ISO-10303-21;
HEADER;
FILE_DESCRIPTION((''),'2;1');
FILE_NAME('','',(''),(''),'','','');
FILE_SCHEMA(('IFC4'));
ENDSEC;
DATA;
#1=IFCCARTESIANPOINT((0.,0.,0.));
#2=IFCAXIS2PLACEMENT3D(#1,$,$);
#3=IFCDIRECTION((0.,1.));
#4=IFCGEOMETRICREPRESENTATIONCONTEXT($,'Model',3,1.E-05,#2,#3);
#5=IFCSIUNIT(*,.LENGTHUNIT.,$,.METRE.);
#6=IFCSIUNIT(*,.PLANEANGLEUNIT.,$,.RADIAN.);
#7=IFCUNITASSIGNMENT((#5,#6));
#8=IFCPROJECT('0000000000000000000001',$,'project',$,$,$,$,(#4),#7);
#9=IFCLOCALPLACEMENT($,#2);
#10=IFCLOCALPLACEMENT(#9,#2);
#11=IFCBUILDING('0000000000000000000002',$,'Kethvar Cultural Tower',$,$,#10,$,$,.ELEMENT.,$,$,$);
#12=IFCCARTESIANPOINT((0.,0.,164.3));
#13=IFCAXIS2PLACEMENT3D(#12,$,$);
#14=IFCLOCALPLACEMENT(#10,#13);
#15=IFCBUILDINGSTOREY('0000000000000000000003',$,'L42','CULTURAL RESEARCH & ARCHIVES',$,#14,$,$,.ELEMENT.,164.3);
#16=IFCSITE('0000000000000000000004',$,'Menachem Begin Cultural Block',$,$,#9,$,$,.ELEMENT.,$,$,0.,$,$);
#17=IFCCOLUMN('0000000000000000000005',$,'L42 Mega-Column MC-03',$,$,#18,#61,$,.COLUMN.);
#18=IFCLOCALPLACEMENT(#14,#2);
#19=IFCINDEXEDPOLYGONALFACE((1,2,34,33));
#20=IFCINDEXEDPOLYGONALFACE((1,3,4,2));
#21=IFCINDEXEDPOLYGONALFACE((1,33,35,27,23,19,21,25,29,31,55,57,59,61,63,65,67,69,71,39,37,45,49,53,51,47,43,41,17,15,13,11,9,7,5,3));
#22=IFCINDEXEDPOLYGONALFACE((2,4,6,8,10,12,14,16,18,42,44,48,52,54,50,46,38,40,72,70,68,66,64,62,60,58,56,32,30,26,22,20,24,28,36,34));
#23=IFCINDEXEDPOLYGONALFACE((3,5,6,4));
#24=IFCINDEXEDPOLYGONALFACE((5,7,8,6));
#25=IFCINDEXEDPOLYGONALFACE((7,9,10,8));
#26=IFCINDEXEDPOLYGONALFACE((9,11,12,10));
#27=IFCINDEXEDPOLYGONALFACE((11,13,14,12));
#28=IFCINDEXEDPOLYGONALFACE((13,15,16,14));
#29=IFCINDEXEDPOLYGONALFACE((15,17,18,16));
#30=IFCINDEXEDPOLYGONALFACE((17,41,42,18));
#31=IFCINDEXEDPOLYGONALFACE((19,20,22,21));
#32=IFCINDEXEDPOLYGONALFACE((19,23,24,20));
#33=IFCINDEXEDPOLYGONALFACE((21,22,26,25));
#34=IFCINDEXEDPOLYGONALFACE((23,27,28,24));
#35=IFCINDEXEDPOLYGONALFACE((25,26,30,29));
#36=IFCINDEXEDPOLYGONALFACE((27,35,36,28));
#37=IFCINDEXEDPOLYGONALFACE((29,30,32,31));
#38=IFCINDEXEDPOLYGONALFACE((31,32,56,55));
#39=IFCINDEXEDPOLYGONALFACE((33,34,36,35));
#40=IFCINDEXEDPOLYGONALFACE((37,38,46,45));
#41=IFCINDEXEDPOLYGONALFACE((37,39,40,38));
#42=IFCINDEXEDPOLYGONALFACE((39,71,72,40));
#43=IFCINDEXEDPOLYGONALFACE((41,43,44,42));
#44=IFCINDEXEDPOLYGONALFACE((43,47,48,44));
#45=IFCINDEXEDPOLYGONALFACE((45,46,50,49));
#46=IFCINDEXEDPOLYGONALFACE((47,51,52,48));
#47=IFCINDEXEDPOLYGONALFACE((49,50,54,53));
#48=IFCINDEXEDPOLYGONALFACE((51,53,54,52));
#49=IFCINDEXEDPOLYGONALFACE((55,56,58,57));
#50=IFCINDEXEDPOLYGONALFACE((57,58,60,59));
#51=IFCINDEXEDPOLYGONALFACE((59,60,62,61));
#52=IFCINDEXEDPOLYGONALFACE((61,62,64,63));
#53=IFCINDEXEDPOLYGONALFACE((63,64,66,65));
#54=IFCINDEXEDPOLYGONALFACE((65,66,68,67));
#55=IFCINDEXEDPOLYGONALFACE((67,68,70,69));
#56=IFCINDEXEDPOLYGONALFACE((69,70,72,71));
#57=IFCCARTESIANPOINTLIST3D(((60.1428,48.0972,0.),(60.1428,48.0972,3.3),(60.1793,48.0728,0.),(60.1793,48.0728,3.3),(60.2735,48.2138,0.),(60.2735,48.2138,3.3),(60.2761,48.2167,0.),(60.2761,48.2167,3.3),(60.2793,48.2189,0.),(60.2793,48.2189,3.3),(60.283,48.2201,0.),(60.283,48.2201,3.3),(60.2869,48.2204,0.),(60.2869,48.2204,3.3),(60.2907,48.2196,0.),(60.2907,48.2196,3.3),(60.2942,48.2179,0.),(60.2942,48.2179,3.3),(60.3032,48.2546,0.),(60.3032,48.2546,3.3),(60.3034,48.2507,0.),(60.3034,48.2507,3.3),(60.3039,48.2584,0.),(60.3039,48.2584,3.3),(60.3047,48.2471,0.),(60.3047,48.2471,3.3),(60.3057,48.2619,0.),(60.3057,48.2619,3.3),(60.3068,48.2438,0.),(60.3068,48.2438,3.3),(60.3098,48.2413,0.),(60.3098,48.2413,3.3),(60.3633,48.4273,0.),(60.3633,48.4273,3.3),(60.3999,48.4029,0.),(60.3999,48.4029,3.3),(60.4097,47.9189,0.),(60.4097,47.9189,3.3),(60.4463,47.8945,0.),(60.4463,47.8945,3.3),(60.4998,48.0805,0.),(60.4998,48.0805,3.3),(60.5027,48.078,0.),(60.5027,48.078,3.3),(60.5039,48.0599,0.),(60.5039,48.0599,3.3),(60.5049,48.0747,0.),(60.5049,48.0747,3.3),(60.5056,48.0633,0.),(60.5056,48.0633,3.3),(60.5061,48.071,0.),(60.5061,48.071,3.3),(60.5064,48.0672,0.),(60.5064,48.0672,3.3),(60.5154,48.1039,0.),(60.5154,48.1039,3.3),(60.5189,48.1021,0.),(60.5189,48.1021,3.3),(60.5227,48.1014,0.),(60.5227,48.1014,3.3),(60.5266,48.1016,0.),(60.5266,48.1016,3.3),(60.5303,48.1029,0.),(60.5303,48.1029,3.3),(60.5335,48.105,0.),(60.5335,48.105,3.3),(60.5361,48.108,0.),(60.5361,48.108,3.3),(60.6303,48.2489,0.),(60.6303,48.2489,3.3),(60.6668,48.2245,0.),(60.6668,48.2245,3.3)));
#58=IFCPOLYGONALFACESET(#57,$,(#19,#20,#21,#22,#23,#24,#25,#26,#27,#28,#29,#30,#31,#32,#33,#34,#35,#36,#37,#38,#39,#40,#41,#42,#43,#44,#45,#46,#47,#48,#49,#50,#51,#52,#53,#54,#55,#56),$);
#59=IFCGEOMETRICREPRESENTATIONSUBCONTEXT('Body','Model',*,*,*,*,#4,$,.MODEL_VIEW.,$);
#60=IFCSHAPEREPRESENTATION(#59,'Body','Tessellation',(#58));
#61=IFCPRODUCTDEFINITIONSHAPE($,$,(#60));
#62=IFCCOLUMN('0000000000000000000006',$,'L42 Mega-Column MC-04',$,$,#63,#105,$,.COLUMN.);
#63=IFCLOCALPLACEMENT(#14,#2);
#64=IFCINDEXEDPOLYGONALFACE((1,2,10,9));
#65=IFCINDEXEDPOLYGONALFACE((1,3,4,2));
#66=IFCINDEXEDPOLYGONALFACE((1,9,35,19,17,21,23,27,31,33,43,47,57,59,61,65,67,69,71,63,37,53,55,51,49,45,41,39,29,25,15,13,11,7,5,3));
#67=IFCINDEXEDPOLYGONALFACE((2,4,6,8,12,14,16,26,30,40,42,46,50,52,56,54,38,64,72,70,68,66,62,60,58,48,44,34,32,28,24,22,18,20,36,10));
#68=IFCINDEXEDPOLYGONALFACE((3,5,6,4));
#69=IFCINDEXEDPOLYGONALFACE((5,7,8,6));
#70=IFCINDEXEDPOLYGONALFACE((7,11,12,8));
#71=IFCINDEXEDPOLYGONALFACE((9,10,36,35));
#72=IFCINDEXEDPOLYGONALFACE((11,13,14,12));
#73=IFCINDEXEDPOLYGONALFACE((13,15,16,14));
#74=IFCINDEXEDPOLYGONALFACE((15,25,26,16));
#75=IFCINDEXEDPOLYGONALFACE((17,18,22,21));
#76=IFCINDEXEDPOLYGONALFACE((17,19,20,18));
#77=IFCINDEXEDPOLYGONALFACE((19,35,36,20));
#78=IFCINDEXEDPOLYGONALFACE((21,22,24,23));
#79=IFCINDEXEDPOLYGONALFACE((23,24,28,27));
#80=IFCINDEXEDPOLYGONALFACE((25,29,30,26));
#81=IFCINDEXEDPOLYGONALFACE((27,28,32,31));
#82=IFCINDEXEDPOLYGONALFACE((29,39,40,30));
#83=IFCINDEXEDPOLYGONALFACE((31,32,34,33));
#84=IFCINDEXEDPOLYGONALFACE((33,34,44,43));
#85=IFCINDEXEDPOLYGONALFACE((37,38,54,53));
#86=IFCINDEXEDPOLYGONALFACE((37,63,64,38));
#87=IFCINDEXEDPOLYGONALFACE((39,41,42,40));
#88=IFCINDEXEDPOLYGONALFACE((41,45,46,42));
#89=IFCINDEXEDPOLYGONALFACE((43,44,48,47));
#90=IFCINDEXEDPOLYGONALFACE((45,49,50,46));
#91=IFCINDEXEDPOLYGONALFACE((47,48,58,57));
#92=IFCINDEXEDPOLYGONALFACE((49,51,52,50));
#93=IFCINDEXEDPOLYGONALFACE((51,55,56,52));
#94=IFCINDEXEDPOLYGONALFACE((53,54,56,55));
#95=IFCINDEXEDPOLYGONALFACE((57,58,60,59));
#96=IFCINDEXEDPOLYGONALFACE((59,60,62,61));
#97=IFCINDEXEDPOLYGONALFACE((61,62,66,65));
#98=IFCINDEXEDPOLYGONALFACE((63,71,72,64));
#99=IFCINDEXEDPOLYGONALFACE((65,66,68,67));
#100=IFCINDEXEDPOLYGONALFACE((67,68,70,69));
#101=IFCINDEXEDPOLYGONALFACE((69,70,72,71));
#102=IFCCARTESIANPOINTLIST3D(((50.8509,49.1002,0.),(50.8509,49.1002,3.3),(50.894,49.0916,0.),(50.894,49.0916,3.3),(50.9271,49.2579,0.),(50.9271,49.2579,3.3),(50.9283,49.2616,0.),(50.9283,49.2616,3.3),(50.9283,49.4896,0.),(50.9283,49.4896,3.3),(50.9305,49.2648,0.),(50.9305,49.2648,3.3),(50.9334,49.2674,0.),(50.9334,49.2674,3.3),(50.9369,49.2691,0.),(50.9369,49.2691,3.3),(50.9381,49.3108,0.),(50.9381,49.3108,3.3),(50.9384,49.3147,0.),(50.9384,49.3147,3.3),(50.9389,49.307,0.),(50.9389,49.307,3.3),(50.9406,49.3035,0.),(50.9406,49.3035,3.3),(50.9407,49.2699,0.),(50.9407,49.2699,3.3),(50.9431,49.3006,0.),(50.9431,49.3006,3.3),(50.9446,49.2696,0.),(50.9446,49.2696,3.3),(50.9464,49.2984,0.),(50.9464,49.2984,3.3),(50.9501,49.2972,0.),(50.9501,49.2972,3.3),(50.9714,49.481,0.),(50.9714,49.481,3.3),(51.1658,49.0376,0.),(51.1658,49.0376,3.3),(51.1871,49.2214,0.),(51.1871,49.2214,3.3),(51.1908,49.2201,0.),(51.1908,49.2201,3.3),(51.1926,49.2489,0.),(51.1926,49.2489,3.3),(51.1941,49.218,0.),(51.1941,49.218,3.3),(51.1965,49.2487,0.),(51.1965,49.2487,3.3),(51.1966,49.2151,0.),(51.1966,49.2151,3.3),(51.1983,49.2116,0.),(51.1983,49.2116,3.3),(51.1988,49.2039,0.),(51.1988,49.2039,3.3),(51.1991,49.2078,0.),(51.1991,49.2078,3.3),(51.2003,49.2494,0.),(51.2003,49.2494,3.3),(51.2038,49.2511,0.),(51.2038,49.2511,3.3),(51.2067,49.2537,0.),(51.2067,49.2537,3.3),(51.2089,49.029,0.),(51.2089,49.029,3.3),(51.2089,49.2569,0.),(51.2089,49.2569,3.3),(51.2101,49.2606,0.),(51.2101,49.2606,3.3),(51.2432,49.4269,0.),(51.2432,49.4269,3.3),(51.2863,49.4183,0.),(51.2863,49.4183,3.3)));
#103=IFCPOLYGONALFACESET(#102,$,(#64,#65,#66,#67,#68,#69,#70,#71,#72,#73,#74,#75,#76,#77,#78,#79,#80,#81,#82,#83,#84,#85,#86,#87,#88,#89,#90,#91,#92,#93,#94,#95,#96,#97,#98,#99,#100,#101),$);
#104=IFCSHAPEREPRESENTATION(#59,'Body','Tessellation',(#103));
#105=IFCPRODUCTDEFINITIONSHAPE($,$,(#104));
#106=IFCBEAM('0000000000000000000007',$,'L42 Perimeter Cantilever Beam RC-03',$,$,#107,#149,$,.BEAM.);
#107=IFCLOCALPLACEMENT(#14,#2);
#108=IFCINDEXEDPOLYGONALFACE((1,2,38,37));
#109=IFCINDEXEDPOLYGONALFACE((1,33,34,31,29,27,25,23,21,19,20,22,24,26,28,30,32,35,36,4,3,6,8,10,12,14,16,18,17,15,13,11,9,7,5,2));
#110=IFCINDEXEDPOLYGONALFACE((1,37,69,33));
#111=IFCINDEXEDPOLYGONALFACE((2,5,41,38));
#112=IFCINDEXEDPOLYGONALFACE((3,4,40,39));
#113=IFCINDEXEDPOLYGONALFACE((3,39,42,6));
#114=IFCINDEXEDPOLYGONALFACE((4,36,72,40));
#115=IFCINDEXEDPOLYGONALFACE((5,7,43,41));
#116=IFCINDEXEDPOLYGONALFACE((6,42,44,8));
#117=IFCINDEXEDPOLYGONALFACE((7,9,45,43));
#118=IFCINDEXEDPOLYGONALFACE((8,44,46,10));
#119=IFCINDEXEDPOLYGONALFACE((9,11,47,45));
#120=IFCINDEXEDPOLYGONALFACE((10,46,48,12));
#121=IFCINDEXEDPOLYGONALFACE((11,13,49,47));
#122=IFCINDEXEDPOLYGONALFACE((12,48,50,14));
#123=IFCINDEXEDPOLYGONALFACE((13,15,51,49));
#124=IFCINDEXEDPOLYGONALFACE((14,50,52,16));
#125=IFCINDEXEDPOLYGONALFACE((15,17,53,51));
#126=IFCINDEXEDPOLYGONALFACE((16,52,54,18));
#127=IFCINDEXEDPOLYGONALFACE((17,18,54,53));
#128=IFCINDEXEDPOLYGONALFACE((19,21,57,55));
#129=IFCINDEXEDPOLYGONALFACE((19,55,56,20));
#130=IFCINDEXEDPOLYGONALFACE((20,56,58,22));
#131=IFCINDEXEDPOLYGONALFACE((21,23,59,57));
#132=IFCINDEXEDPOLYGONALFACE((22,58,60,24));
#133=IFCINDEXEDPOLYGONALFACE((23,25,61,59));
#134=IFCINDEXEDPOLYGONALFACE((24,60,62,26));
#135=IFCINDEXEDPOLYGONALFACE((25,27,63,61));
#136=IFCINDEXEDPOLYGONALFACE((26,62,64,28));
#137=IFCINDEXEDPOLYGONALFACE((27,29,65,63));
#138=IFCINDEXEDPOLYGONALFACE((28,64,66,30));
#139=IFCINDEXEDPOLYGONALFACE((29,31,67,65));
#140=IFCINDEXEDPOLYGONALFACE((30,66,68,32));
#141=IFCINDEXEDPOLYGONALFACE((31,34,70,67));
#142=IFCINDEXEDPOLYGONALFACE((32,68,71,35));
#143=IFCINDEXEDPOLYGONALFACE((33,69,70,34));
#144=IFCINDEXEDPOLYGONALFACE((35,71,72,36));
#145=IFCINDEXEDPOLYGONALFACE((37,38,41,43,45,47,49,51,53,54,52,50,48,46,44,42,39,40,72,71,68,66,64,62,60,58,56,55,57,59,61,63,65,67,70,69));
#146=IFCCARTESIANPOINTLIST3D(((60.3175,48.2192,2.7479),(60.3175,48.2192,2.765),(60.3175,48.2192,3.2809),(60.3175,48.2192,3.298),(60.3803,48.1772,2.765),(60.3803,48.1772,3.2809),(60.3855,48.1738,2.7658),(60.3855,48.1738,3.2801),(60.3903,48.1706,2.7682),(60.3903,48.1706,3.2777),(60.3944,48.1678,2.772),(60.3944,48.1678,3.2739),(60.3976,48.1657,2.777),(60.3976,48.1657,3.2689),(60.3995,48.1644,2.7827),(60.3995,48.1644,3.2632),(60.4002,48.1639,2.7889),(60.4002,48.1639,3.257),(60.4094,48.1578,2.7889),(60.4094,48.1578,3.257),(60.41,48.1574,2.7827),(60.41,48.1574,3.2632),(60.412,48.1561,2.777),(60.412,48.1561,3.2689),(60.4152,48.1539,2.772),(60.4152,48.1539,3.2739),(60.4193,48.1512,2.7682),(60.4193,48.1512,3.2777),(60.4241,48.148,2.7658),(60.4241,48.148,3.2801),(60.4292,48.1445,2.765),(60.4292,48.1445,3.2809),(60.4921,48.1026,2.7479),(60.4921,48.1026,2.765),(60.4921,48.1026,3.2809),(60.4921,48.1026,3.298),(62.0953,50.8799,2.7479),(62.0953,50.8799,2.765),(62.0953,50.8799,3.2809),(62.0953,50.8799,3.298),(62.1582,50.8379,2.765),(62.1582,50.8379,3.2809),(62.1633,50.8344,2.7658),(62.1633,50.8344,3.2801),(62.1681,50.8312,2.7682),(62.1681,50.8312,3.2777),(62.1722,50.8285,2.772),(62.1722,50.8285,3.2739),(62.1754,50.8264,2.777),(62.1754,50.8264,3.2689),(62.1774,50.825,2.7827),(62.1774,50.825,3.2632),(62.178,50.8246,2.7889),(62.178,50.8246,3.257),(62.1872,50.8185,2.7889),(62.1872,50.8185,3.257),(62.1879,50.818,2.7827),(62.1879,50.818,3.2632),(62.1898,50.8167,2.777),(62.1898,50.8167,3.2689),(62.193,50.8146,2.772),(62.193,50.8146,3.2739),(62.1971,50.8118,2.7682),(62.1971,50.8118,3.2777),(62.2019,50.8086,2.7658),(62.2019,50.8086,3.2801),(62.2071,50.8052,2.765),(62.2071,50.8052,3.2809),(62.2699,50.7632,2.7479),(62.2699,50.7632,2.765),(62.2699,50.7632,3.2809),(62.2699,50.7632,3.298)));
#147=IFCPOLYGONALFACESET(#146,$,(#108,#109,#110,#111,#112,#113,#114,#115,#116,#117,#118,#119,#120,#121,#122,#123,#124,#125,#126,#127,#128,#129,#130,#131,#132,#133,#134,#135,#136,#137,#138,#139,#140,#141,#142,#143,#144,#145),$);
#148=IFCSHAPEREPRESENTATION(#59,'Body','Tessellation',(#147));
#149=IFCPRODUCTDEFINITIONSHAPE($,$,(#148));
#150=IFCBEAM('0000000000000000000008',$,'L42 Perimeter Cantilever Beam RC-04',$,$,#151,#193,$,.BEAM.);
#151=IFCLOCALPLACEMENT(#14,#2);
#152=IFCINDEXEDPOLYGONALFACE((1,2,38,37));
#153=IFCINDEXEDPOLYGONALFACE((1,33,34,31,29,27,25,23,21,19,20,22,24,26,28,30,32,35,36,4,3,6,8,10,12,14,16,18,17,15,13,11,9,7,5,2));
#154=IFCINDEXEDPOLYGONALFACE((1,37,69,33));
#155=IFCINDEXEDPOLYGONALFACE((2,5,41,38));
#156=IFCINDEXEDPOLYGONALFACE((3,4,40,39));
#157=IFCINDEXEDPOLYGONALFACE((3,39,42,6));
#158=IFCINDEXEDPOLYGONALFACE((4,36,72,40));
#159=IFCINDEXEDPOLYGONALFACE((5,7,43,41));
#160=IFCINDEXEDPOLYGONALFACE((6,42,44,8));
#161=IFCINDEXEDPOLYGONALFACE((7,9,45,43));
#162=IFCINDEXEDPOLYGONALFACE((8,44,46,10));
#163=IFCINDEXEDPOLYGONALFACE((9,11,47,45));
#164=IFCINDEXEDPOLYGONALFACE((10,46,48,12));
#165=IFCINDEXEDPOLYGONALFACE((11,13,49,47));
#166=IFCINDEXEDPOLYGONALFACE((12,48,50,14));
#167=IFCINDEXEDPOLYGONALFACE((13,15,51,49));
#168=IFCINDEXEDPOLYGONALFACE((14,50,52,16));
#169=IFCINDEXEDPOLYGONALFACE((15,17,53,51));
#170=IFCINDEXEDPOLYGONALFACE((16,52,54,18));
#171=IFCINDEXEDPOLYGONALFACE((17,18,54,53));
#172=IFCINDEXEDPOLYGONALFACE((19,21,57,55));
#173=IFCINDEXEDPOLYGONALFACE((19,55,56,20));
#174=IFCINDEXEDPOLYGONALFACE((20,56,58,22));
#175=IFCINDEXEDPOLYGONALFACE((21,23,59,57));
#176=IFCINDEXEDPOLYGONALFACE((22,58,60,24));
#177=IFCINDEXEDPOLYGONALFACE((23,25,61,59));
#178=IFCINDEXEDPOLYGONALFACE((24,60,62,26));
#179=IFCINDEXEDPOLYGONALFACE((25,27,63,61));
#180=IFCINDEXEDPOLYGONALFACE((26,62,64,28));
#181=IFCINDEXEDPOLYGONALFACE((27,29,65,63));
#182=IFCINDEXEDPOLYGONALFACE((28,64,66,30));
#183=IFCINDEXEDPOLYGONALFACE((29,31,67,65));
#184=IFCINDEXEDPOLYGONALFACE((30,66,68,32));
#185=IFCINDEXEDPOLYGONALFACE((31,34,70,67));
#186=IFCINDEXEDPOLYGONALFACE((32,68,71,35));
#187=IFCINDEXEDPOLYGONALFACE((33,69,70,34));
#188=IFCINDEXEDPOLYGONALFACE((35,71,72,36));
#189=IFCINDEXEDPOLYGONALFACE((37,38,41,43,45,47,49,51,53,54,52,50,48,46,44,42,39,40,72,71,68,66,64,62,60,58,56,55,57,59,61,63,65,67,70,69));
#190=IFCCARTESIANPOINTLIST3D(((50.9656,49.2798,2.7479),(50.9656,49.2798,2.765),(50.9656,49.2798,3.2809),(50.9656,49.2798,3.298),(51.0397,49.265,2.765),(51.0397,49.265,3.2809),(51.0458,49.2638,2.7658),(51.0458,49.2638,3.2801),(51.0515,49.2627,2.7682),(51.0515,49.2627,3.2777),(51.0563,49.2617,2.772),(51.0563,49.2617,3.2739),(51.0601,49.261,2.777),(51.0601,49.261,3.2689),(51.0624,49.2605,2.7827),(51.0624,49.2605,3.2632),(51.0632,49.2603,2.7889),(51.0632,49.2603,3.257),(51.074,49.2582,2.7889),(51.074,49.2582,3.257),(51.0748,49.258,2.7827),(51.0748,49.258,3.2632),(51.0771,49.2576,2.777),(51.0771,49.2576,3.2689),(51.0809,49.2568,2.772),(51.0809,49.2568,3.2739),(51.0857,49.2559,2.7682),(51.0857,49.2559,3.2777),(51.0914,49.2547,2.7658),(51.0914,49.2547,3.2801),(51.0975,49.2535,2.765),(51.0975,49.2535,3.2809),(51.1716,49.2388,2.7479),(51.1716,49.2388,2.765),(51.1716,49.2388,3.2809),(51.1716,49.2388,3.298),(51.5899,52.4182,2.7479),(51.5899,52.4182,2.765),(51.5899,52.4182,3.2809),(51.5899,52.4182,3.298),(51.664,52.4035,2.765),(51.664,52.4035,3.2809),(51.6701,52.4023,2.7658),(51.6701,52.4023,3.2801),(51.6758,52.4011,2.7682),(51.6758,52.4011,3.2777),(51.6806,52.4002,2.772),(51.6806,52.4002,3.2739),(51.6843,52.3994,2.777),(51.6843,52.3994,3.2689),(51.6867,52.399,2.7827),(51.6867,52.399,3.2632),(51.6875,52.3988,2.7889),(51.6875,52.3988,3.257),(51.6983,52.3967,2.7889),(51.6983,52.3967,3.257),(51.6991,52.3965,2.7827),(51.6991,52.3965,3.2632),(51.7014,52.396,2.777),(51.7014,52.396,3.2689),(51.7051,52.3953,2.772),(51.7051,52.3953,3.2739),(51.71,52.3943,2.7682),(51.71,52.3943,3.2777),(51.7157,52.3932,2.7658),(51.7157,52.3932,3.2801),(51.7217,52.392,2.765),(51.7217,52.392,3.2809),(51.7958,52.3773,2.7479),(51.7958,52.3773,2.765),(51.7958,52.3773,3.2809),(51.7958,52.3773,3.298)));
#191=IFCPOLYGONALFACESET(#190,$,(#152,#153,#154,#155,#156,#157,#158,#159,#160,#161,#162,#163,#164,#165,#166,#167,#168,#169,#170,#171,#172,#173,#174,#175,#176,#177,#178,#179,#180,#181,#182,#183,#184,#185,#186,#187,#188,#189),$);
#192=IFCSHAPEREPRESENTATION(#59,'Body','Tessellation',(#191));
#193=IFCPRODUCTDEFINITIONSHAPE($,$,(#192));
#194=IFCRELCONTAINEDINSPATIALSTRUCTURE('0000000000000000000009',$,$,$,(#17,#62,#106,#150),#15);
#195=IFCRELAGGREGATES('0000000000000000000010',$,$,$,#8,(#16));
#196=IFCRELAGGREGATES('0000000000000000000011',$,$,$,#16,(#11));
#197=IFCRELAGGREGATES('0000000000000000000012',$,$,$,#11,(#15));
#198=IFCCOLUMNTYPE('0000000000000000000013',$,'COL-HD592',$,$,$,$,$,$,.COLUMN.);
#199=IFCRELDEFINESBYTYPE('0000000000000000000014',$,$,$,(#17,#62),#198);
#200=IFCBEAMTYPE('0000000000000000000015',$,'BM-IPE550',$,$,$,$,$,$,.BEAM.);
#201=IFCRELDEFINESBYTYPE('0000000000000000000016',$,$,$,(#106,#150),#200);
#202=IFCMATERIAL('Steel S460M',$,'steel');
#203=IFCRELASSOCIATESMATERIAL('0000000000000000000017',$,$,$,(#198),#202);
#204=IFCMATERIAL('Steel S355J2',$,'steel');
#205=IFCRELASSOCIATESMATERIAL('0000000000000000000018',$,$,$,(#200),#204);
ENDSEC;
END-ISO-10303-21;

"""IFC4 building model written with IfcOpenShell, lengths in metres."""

from ifc_helpers import new_model, si_unit, direction, frame, origin, origin_2d, place, context, subcontext, project, spatial, i_section, extrude, source, transform, mapped, material, material_profile, profile_set, type_object, element, save


model = new_model("IFC4")

# Units and contexts
model_context = context("Model", 3, precision=1e-05, world=origin(), true_north=direction((0.0, 1.0)))
body_context = subcontext(model_context, "Body", "Model", "MODEL_VIEW")
ifc_project = project(units=[si_unit("LENGTHUNIT", "METRE"), si_unit("PLANEANGLEUNIT", "RADIAN")], contexts=[model_context])

# Site, building, storey
site_placement = place(None, origin())
site = spatial("IfcSite", under=ifc_project, at=site_placement, Name="Menachem Begin Cultural Block", CompositionType="ELEMENT", RefElevation=0.0)
building_placement = place(site_placement, origin())
building = spatial("IfcBuilding", under=site, at=building_placement, Name="Kethvar Cultural Tower", CompositionType="ELEMENT")
storey_placement = place(building_placement, frame((0.0, 0.0, 164.3)))
storey = spatial("IfcBuildingStorey", under=building, at=storey_placement, Name="L42", Description="CULTURAL RESEARCH & ARCHIVES", CompositionType="ELEMENT", Elevation=164.3)

# Columns
ifc_material_1 = material(Name="Steel S460M", Category="steel")
ifc_material_profile_1 = material_profile(ifc_material_1, i_section(OverallWidth=0.397, OverallDepth=0.365, WebThickness=0.0281, FlangeThickness=0.0439, FilletRadius=0.0149, at=origin_2d()), Name="Steel S460M — HD400x592")
ifc_profile_set_1 = profile_set([ifc_material_profile_1], Name="Steel S460M — HD400x592")
column_type = type_object("IfcColumnType", Name="COL-HD592", PredefinedType="COLUMN", material=ifc_profile_set_1)
shared_shape_1 = source(origin(), body_context, "Body", "SweptSolid", [
    extrude(i_section(OverallWidth=0.397, OverallDepth=0.365, WebThickness=0.0281, FlangeThickness=0.0439, FilletRadius=0.0149, at=origin_2d()), origin(), (0.0, 0.0, 1.0), 3.3),
])
for number, where, z_axis, x_axis, name in (
    (1, (60.4048, 48.1609, 0.0), (0.0, 0.0, 1.0), (0.55557, 0.83147, 0.0), "L42 Mega-Column MC-03"),
    (2, (51.0686, 49.2593, 0.0), (0.0, 0.0, 1.0), (0.19509, 0.980785, 0.0), "L42 Mega-Column MC-04"),
):
    element("IfcColumn", number, at=place(storey_placement, frame(where, z_axis=z_axis, x_axis=x_axis)), inside=storey, type_object=column_type, Name=name, PredefinedType="COLUMN", context=body_context, shape_type="MappedRepresentation", body=[
        mapped(shared_shape_1, transform((0.0, 0.0, 0.0), scale=1.0)),
    ])

# Beams
ifc_material_2 = material(Name="Steel S355J2", Category="steel")
ifc_material_profile_2 = material_profile(ifc_material_2, i_section(OverallWidth=0.21, OverallDepth=0.55, WebThickness=0.011, FlangeThickness=0.0171, FilletRadius=0.0239, at=origin_2d()), Name="Steel S355J2 — IPE550")
ifc_profile_set_2 = profile_set([ifc_material_profile_2], Name="Steel S355J2 — IPE550")
beam_type_1 = type_object("IfcBeamType", Name="BM-IPE550", PredefinedType="BEAM", material=ifc_profile_set_2)
shared_shape_2 = source(origin(), body_context, "Body", "SweptSolid", [
    extrude(i_section(OverallWidth=0.21, OverallDepth=0.55, WebThickness=0.011, FlangeThickness=0.0171, FilletRadius=0.0239, at=origin_2d()), origin(), (0.0, 0.0, 1.0), 3.2),
])
for number, where, z_axis, x_axis, name in (
    (3, (60.4048, 48.1609, 3.0229), (0.55558, 0.831463, 0.0), (-0.831463, 0.55558, 0.0), "L42 Perimeter Cantilever Beam RC-03"),
    (4, (51.0686, 49.2593, 3.0229), (0.195089, 0.980786, 0.0), (-0.980786, 0.195089, 0.0), "L42 Perimeter Cantilever Beam RC-04"),
):
    element("IfcBeam", number, at=place(storey_placement, frame(where, z_axis=z_axis, x_axis=x_axis)), inside=storey, type_object=beam_type_1, Name=name, PredefinedType="BEAM", context=body_context, shape_type="MappedRepresentation", body=[
        mapped(shared_shape_2, transform((0.0, 0.0, 0.0), scale=1.0)),
    ])

save(model, "model.ifc")
